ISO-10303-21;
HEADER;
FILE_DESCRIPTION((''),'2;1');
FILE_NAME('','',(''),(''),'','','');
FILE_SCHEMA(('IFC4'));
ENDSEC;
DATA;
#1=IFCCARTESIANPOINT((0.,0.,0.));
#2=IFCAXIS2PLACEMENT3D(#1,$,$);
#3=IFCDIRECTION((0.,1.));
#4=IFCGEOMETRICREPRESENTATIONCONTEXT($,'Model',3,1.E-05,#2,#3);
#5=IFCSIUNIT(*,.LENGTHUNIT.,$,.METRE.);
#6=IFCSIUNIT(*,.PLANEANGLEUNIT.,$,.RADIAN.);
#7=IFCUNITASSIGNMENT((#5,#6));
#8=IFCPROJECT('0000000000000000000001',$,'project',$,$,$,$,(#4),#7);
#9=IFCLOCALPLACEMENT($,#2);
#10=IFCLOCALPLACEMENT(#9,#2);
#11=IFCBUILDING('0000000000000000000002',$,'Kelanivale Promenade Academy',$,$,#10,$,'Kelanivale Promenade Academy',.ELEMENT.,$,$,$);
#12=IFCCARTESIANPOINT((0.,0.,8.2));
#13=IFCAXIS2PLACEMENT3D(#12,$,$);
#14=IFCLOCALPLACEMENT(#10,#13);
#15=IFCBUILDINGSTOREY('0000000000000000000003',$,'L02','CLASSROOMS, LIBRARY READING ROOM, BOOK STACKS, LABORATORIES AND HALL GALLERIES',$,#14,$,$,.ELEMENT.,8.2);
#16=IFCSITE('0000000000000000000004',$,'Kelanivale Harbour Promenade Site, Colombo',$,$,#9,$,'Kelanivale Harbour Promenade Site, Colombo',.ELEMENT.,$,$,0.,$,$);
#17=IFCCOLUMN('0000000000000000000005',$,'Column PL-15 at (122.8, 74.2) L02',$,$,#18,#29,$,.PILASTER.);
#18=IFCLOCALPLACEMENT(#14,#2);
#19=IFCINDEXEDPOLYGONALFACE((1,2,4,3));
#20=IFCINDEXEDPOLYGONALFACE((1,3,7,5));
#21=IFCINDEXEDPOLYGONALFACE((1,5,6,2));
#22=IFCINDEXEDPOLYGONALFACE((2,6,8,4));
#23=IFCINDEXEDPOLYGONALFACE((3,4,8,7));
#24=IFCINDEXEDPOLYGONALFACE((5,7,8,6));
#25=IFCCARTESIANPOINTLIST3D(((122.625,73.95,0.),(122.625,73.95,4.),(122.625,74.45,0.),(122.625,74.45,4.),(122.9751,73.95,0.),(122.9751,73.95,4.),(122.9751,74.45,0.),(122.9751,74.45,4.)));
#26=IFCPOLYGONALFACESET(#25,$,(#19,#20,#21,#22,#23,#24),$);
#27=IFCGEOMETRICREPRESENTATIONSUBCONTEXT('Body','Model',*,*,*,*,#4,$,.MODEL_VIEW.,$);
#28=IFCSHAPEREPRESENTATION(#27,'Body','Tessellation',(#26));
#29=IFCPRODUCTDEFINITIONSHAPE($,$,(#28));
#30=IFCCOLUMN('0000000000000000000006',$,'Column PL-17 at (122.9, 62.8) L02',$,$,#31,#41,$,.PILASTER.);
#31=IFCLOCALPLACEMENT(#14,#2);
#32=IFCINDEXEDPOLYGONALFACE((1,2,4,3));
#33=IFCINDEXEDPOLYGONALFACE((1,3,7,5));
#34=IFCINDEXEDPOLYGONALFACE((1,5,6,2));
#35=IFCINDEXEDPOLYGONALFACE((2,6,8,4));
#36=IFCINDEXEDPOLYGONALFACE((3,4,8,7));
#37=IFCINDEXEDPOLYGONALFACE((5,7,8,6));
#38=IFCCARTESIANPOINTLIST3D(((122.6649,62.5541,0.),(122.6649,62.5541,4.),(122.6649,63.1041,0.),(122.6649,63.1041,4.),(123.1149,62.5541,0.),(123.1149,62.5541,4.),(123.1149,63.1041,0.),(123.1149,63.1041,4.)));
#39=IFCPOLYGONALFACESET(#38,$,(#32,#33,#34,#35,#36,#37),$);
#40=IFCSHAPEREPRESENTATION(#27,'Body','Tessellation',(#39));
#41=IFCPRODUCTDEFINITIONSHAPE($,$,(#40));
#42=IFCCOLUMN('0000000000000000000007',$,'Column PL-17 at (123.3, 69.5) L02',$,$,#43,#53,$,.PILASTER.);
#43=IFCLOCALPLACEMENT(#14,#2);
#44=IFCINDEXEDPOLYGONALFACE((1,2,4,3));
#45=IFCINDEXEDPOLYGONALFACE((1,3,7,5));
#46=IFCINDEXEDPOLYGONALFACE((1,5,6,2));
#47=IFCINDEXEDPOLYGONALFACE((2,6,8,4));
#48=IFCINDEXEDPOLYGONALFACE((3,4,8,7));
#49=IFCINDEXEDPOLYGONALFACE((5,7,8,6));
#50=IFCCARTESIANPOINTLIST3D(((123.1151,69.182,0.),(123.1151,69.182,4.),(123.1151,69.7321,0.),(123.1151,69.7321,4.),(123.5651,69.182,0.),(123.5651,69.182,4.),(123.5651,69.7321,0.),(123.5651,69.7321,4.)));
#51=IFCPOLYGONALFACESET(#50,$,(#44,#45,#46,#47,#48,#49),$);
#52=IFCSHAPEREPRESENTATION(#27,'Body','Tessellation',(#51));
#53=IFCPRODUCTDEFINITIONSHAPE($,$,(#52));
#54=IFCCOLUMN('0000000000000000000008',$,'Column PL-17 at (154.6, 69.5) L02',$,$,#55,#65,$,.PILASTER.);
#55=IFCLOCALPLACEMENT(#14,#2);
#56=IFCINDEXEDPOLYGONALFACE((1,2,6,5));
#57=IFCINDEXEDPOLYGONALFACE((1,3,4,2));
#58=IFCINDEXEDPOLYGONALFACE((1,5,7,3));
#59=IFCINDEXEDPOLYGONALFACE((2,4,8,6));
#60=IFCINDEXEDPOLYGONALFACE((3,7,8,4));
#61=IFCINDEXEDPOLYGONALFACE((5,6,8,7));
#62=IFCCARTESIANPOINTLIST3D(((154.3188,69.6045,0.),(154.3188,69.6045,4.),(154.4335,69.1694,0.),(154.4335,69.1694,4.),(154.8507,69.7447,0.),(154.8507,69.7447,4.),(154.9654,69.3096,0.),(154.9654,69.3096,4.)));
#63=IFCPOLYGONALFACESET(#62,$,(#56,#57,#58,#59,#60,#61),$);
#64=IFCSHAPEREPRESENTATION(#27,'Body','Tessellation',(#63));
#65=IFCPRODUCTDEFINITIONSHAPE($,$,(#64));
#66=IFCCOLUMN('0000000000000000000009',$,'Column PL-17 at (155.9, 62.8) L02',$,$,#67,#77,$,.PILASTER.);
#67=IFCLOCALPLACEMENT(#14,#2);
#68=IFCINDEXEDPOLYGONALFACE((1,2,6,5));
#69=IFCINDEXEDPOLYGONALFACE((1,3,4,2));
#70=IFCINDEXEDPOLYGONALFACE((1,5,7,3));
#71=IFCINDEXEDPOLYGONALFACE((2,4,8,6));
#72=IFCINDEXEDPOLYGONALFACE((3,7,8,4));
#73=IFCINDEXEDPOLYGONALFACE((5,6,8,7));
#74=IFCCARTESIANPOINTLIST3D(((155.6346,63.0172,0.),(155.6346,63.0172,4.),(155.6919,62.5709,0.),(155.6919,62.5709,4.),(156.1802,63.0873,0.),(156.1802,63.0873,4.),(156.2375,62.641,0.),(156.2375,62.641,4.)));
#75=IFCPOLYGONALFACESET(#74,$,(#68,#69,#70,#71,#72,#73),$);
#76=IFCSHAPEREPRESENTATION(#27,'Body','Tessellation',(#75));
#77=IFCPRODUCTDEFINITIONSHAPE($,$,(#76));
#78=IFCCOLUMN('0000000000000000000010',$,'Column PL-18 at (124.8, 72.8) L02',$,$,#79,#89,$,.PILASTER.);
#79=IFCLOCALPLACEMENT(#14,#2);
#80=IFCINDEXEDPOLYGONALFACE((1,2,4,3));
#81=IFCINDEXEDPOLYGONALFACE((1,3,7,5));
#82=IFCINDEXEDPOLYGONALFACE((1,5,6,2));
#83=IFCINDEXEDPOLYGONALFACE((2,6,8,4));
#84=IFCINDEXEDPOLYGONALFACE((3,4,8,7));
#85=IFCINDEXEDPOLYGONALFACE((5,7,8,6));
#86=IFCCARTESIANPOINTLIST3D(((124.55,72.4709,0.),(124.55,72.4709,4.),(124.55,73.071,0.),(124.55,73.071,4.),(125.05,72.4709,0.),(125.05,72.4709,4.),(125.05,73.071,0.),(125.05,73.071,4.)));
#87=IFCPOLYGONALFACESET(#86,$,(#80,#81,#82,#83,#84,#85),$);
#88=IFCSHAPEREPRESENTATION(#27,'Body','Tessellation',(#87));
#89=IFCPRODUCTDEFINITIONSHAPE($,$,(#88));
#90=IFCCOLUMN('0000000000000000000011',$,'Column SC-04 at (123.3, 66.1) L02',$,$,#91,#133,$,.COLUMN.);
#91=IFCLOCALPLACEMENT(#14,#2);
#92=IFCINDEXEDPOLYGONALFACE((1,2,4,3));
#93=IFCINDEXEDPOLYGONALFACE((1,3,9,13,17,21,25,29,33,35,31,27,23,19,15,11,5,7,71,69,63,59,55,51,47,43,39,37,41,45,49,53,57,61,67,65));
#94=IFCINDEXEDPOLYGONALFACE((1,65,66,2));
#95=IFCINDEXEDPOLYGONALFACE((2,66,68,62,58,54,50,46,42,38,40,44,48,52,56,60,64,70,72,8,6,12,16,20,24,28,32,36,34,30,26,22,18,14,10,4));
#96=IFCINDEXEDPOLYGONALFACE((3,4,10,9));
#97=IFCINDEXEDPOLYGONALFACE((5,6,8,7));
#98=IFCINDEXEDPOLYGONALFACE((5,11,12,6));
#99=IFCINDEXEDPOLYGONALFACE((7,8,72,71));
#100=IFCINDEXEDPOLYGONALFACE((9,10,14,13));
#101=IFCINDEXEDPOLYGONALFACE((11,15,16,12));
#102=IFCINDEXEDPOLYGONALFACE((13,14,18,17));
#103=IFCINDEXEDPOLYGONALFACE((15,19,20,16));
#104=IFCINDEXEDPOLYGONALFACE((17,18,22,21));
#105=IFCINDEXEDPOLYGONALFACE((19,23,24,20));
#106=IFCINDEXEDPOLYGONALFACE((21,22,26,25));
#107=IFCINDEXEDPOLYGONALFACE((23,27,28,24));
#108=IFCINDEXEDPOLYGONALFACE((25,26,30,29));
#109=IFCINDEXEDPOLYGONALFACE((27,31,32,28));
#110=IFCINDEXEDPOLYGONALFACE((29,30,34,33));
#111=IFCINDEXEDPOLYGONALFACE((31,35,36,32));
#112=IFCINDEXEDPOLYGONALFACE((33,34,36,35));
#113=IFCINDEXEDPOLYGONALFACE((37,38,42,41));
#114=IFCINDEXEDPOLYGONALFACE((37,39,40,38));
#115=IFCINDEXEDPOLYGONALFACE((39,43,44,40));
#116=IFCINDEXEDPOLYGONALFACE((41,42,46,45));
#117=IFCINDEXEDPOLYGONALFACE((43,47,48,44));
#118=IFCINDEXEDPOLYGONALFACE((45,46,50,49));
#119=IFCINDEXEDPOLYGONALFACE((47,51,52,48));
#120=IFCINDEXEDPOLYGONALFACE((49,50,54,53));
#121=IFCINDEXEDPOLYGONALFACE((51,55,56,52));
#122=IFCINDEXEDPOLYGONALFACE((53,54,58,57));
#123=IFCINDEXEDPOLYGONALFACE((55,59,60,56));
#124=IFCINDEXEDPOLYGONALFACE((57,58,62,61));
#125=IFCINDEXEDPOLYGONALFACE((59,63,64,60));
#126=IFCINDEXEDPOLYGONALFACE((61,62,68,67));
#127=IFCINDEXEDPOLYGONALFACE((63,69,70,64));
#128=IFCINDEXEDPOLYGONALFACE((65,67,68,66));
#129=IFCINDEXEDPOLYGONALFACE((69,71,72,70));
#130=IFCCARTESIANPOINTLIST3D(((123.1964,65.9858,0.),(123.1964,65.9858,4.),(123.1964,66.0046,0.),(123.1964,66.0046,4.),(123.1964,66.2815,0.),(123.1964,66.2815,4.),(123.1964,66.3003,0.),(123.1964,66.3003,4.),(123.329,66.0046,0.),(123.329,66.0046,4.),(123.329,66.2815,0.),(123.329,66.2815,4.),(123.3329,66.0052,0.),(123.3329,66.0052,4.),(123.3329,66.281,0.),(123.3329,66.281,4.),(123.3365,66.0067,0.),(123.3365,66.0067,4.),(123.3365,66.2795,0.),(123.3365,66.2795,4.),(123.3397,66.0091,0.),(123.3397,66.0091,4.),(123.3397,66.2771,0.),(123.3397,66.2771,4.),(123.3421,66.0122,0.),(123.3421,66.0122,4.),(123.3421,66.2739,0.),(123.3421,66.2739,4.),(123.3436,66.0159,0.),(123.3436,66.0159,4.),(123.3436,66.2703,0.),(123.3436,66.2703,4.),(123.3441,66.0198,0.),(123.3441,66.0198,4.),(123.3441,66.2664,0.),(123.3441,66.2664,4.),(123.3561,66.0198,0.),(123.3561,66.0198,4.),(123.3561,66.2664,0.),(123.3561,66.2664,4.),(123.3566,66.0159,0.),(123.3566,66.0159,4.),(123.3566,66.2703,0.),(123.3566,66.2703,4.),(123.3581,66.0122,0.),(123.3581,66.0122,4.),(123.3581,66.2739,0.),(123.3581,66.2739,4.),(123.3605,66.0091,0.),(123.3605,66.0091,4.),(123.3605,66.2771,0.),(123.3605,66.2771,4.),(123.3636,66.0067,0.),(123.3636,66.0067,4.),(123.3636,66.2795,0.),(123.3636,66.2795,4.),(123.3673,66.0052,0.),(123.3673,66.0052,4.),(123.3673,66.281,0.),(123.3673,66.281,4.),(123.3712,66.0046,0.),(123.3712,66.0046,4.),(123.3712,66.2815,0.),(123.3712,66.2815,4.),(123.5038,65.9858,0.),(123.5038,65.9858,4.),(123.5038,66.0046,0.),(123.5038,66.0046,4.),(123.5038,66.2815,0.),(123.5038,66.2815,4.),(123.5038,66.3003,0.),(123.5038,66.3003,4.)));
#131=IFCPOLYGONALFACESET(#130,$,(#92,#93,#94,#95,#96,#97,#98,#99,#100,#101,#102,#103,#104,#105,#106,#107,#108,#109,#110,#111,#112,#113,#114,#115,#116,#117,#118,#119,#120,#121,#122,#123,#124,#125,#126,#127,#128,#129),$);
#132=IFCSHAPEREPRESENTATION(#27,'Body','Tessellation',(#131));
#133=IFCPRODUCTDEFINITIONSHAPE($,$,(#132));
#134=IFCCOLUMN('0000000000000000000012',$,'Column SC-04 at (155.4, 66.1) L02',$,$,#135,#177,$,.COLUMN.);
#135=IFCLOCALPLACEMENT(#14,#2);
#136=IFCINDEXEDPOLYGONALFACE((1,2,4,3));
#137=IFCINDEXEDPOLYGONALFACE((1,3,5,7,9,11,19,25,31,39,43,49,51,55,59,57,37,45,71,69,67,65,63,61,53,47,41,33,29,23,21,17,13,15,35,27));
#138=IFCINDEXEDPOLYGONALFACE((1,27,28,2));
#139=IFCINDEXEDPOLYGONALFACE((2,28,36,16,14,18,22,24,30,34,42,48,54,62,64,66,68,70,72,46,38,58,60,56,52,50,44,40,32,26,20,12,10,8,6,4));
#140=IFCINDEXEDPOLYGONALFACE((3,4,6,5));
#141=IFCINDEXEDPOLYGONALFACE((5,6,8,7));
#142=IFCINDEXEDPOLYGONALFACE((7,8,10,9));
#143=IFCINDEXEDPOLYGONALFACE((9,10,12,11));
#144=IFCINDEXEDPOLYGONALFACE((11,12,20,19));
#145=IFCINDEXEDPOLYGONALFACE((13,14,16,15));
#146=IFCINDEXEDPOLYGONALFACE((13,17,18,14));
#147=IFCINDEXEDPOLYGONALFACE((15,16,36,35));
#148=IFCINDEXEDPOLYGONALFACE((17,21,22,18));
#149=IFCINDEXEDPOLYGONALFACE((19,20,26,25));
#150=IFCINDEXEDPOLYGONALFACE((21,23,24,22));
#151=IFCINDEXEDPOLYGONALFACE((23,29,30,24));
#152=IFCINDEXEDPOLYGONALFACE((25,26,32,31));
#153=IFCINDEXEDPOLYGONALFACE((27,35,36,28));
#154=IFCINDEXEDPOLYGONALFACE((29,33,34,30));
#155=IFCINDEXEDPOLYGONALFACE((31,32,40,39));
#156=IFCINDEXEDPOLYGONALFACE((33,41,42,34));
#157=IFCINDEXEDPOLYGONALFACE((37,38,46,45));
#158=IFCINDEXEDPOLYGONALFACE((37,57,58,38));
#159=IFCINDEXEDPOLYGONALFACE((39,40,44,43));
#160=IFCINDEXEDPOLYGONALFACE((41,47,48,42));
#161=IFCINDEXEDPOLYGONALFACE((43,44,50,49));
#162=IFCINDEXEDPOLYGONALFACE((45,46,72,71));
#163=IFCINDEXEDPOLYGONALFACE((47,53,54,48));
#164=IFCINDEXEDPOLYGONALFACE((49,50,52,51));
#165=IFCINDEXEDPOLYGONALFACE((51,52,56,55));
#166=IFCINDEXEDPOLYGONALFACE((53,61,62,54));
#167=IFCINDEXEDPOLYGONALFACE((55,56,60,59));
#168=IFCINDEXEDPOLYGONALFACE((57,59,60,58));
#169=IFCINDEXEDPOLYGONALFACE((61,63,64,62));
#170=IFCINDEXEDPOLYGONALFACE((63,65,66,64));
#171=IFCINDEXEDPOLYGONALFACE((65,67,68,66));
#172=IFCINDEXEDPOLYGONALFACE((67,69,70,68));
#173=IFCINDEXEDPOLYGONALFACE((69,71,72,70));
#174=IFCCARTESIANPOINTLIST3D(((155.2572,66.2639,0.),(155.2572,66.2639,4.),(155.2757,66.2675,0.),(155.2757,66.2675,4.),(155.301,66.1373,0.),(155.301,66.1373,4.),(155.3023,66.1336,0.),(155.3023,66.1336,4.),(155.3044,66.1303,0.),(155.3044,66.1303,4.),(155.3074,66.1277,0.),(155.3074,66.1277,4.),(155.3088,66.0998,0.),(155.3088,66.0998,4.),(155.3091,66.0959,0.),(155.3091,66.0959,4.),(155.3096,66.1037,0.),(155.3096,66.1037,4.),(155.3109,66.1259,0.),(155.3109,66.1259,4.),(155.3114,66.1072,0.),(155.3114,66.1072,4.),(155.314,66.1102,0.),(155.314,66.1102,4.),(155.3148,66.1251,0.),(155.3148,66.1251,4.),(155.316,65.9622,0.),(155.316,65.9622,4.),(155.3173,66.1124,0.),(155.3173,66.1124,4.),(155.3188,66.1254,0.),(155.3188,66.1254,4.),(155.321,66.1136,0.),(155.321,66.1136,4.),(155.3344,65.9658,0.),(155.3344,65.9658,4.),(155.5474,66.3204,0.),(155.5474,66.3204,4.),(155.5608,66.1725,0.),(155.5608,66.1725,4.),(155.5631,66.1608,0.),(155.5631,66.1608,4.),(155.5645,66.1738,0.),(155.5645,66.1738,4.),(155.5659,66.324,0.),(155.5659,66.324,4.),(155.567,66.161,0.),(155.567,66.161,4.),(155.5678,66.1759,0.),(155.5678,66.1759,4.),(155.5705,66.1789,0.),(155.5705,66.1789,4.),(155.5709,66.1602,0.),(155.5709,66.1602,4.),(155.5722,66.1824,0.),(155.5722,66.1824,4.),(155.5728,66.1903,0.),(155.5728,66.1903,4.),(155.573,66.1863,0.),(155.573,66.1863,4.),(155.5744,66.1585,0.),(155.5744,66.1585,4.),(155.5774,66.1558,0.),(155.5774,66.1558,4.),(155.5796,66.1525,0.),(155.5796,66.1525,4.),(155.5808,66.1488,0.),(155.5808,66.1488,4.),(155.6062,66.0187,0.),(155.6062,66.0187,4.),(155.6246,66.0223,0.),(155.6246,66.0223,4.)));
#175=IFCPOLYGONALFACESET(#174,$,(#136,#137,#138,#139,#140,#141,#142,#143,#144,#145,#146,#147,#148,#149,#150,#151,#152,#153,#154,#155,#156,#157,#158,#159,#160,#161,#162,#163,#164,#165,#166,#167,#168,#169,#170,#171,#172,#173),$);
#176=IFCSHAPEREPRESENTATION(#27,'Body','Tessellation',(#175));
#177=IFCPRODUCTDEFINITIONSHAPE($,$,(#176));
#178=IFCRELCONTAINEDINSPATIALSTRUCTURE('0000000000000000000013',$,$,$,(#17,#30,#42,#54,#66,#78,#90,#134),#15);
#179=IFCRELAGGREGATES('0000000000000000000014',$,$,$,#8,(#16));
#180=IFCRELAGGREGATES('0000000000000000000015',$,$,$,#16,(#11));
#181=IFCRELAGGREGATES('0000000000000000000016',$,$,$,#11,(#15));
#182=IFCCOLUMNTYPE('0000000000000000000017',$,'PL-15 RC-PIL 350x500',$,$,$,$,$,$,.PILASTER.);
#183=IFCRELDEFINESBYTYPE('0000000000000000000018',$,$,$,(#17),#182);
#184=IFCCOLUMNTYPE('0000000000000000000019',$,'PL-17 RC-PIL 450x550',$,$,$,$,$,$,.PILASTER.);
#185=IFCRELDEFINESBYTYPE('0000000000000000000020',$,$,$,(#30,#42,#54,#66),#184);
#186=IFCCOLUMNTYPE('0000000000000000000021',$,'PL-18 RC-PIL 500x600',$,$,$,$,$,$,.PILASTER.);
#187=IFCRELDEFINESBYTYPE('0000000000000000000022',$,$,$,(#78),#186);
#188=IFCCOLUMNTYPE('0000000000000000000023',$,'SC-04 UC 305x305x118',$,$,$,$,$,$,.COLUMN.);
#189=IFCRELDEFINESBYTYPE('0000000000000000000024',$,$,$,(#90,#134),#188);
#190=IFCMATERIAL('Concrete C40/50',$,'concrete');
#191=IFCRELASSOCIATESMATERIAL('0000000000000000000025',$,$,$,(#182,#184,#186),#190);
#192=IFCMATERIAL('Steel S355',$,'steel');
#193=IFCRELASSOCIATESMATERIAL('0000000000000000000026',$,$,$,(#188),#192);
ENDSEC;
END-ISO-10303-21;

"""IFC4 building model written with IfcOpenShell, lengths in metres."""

from ifc_helpers import new_model, si_unit, direction, frame, origin, origin_2d, place, context, subcontext, project, spatial, rectangle, i_section, extrude, material, material_profile, profile_set, type_object, element, save


model = new_model("IFC4")

# Units and contexts
model_context = context("Model", 3, precision=1e-05, world=origin(), true_north=direction((0.0, 1.0)))
body_context = subcontext(model_context, "Body", "Model", "MODEL_VIEW")
ifc_project = project(units=[si_unit("LENGTHUNIT", "METRE"), si_unit("PLANEANGLEUNIT", "RADIAN")], contexts=[model_context])

# Site, building, storey
site_placement = place(None, origin())
site = spatial("IfcSite", under=ifc_project, at=site_placement, Name="Kelanivale Harbour Promenade Site, Colombo", LongName="Kelanivale Harbour Promenade Site, Colombo", CompositionType="ELEMENT", RefElevation=0.0)
building_placement = place(site_placement, origin())
building = spatial("IfcBuilding", under=site, at=building_placement, Name="Kelanivale Promenade Academy", LongName="Kelanivale Promenade Academy", CompositionType="ELEMENT")
storey_placement = place(building_placement, frame((0.0, 0.0, 8.2)))
storey = spatial("IfcBuildingStorey", under=building, at=storey_placement, Name="L02", Description="CLASSROOMS, LIBRARY READING ROOM, BOOK STACKS, LABORATORIES AND HALL GALLERIES", CompositionType="ELEMENT", Elevation=8.2)

# Columns
ifc_material_1 = material(Name="Concrete C40/50", Category="concrete")
ifc_material_profile_1 = material_profile(ifc_material_1, rectangle(XDim=0.3501, YDim=0.5, at=origin_2d()), Name="RC-PIL 350x500")
ifc_profile_set_1 = profile_set([ifc_material_profile_1], Name="Concrete C40/50")
column_type_1 = type_object("IfcColumnType", Name="PL-15 RC-PIL 350x500", PredefinedType="PILASTER", material=ifc_profile_set_1)
column_1_placement = place(storey_placement, frame((122.8, 74.2, 0.0), z_axis=(0.0, 0.0, 1.0), x_axis=(1.0, 0.0, 0.0)))
element("IfcColumn", 1, at=column_1_placement, inside=storey, type_object=column_type_1, Name="Column PL-15 at (122.8, 74.2) L02", PredefinedType="PILASTER", context=body_context, shape_type="SweptSolid", body=[
    extrude(rectangle(XDim=0.3501, YDim=0.5, at=origin_2d()), origin(), (0.0, 0.0, 1.0), 4.0),
])
ifc_material_profile_2 = material_profile(ifc_material_1, rectangle(XDim=0.45, YDim=0.55, at=origin_2d()), Name="RC-PIL 450x550")
ifc_profile_set_2 = profile_set([ifc_material_profile_2], Name="Concrete C40/50")
column_type_2 = type_object("IfcColumnType", Name="PL-17 RC-PIL 450x550", PredefinedType="PILASTER", material=ifc_profile_set_2)
for number, where, z_axis, x_axis, name in (
    (2, (122.8899, 62.8291, 0.0), (0.0, 0.0, 1.0), (1.0, 0.0, 0.0), "Column PL-17 at (122.9, 62.8) L02"),
    (3, (123.3401, 69.457, 0.0), (0.0, 0.0, 1.0), (1.0, 0.0, 0.0), "Column PL-17 at (123.3, 69.5) L02"),
    (4, (154.6421, 69.457, 0.0), (0.0, 0.0, 1.0), (-0.254939, 0.966957, 0.0), "Column PL-17 at (154.6, 69.5) L02"),
    (5, (155.936, 62.8291, 0.0), (0.0, 0.0, 1.0), (-0.127411, 0.99185, 0.0), "Column PL-17 at (155.9, 62.8) L02"),
):
    element("IfcColumn", number, at=place(storey_placement, frame(where, z_axis=z_axis, x_axis=x_axis)), inside=storey, type_object=column_type_2, Name=name, PredefinedType="PILASTER", context=body_context, shape_type="SweptSolid", body=[
        extrude(rectangle(XDim=0.45, YDim=0.55, at=origin_2d()), origin(), (0.0, 0.0, 1.0), 4.0),
    ])
ifc_material_profile_3 = material_profile(ifc_material_1, rectangle(XDim=0.5, YDim=0.6001, at=origin_2d()), Name="RC-PIL 500x600")
ifc_profile_set_3 = profile_set([ifc_material_profile_3], Name="Concrete C40/50")
column_type_3 = type_object("IfcColumnType", Name="PL-18 RC-PIL 500x600", PredefinedType="PILASTER", material=ifc_profile_set_3)
column_2_placement = place(storey_placement, frame((124.8, 72.771, 0.0), z_axis=(0.0, 0.0, 1.0), x_axis=(1.0, 0.0, 0.0)))
element("IfcColumn", 6, at=column_2_placement, inside=storey, type_object=column_type_3, Name="Column PL-18 at (124.8, 72.8) L02", PredefinedType="PILASTER", context=body_context, shape_type="SweptSolid", body=[
    extrude(rectangle(XDim=0.5, YDim=0.6001, at=origin_2d()), origin(), (0.0, 0.0, 1.0), 4.0),
])
ifc_material_2 = material(Name="Steel S355", Category="steel")
ifc_material_profile_4 = material_profile(ifc_material_2, i_section(OverallWidth=0.3074, OverallDepth=0.3145, WebThickness=0.012, FlangeThickness=0.0188, FilletRadius=0.0151, at=origin_2d()), Name="UC 305x305x118")
ifc_profile_set_4 = profile_set([ifc_material_profile_4], Name="Steel S355")
column_type_4 = type_object("IfcColumnType", Name="SC-04 UC 305x305x118", PredefinedType="COLUMN", material=ifc_profile_set_4)
for number, where, z_axis, x_axis, name in (
    (7, (123.3501, 66.1431, 0.0), (0.0, 0.0, 1.0), (1.0, 0.0, 0.0), "Column SC-04 at (123.3, 66.1) L02"),
    (8, (155.4409, 66.1431, 0.0), (0.0, 0.0, 1.0), (-0.191152, 0.981561, 0.0), "Column SC-04 at (155.4, 66.1) L02"),
):
    element("IfcColumn", number, at=place(storey_placement, frame(where, z_axis=z_axis, x_axis=x_axis)), inside=storey, type_object=column_type_4, Name=name, PredefinedType="COLUMN", context=body_context, shape_type="SweptSolid", body=[
        extrude(i_section(OverallWidth=0.3074, OverallDepth=0.3145, WebThickness=0.012, FlangeThickness=0.0188, FilletRadius=0.0151, at=origin_2d()), origin(), (0.0, 0.0, 1.0), 4.0),
    ])

save(model, "model.ifc")
